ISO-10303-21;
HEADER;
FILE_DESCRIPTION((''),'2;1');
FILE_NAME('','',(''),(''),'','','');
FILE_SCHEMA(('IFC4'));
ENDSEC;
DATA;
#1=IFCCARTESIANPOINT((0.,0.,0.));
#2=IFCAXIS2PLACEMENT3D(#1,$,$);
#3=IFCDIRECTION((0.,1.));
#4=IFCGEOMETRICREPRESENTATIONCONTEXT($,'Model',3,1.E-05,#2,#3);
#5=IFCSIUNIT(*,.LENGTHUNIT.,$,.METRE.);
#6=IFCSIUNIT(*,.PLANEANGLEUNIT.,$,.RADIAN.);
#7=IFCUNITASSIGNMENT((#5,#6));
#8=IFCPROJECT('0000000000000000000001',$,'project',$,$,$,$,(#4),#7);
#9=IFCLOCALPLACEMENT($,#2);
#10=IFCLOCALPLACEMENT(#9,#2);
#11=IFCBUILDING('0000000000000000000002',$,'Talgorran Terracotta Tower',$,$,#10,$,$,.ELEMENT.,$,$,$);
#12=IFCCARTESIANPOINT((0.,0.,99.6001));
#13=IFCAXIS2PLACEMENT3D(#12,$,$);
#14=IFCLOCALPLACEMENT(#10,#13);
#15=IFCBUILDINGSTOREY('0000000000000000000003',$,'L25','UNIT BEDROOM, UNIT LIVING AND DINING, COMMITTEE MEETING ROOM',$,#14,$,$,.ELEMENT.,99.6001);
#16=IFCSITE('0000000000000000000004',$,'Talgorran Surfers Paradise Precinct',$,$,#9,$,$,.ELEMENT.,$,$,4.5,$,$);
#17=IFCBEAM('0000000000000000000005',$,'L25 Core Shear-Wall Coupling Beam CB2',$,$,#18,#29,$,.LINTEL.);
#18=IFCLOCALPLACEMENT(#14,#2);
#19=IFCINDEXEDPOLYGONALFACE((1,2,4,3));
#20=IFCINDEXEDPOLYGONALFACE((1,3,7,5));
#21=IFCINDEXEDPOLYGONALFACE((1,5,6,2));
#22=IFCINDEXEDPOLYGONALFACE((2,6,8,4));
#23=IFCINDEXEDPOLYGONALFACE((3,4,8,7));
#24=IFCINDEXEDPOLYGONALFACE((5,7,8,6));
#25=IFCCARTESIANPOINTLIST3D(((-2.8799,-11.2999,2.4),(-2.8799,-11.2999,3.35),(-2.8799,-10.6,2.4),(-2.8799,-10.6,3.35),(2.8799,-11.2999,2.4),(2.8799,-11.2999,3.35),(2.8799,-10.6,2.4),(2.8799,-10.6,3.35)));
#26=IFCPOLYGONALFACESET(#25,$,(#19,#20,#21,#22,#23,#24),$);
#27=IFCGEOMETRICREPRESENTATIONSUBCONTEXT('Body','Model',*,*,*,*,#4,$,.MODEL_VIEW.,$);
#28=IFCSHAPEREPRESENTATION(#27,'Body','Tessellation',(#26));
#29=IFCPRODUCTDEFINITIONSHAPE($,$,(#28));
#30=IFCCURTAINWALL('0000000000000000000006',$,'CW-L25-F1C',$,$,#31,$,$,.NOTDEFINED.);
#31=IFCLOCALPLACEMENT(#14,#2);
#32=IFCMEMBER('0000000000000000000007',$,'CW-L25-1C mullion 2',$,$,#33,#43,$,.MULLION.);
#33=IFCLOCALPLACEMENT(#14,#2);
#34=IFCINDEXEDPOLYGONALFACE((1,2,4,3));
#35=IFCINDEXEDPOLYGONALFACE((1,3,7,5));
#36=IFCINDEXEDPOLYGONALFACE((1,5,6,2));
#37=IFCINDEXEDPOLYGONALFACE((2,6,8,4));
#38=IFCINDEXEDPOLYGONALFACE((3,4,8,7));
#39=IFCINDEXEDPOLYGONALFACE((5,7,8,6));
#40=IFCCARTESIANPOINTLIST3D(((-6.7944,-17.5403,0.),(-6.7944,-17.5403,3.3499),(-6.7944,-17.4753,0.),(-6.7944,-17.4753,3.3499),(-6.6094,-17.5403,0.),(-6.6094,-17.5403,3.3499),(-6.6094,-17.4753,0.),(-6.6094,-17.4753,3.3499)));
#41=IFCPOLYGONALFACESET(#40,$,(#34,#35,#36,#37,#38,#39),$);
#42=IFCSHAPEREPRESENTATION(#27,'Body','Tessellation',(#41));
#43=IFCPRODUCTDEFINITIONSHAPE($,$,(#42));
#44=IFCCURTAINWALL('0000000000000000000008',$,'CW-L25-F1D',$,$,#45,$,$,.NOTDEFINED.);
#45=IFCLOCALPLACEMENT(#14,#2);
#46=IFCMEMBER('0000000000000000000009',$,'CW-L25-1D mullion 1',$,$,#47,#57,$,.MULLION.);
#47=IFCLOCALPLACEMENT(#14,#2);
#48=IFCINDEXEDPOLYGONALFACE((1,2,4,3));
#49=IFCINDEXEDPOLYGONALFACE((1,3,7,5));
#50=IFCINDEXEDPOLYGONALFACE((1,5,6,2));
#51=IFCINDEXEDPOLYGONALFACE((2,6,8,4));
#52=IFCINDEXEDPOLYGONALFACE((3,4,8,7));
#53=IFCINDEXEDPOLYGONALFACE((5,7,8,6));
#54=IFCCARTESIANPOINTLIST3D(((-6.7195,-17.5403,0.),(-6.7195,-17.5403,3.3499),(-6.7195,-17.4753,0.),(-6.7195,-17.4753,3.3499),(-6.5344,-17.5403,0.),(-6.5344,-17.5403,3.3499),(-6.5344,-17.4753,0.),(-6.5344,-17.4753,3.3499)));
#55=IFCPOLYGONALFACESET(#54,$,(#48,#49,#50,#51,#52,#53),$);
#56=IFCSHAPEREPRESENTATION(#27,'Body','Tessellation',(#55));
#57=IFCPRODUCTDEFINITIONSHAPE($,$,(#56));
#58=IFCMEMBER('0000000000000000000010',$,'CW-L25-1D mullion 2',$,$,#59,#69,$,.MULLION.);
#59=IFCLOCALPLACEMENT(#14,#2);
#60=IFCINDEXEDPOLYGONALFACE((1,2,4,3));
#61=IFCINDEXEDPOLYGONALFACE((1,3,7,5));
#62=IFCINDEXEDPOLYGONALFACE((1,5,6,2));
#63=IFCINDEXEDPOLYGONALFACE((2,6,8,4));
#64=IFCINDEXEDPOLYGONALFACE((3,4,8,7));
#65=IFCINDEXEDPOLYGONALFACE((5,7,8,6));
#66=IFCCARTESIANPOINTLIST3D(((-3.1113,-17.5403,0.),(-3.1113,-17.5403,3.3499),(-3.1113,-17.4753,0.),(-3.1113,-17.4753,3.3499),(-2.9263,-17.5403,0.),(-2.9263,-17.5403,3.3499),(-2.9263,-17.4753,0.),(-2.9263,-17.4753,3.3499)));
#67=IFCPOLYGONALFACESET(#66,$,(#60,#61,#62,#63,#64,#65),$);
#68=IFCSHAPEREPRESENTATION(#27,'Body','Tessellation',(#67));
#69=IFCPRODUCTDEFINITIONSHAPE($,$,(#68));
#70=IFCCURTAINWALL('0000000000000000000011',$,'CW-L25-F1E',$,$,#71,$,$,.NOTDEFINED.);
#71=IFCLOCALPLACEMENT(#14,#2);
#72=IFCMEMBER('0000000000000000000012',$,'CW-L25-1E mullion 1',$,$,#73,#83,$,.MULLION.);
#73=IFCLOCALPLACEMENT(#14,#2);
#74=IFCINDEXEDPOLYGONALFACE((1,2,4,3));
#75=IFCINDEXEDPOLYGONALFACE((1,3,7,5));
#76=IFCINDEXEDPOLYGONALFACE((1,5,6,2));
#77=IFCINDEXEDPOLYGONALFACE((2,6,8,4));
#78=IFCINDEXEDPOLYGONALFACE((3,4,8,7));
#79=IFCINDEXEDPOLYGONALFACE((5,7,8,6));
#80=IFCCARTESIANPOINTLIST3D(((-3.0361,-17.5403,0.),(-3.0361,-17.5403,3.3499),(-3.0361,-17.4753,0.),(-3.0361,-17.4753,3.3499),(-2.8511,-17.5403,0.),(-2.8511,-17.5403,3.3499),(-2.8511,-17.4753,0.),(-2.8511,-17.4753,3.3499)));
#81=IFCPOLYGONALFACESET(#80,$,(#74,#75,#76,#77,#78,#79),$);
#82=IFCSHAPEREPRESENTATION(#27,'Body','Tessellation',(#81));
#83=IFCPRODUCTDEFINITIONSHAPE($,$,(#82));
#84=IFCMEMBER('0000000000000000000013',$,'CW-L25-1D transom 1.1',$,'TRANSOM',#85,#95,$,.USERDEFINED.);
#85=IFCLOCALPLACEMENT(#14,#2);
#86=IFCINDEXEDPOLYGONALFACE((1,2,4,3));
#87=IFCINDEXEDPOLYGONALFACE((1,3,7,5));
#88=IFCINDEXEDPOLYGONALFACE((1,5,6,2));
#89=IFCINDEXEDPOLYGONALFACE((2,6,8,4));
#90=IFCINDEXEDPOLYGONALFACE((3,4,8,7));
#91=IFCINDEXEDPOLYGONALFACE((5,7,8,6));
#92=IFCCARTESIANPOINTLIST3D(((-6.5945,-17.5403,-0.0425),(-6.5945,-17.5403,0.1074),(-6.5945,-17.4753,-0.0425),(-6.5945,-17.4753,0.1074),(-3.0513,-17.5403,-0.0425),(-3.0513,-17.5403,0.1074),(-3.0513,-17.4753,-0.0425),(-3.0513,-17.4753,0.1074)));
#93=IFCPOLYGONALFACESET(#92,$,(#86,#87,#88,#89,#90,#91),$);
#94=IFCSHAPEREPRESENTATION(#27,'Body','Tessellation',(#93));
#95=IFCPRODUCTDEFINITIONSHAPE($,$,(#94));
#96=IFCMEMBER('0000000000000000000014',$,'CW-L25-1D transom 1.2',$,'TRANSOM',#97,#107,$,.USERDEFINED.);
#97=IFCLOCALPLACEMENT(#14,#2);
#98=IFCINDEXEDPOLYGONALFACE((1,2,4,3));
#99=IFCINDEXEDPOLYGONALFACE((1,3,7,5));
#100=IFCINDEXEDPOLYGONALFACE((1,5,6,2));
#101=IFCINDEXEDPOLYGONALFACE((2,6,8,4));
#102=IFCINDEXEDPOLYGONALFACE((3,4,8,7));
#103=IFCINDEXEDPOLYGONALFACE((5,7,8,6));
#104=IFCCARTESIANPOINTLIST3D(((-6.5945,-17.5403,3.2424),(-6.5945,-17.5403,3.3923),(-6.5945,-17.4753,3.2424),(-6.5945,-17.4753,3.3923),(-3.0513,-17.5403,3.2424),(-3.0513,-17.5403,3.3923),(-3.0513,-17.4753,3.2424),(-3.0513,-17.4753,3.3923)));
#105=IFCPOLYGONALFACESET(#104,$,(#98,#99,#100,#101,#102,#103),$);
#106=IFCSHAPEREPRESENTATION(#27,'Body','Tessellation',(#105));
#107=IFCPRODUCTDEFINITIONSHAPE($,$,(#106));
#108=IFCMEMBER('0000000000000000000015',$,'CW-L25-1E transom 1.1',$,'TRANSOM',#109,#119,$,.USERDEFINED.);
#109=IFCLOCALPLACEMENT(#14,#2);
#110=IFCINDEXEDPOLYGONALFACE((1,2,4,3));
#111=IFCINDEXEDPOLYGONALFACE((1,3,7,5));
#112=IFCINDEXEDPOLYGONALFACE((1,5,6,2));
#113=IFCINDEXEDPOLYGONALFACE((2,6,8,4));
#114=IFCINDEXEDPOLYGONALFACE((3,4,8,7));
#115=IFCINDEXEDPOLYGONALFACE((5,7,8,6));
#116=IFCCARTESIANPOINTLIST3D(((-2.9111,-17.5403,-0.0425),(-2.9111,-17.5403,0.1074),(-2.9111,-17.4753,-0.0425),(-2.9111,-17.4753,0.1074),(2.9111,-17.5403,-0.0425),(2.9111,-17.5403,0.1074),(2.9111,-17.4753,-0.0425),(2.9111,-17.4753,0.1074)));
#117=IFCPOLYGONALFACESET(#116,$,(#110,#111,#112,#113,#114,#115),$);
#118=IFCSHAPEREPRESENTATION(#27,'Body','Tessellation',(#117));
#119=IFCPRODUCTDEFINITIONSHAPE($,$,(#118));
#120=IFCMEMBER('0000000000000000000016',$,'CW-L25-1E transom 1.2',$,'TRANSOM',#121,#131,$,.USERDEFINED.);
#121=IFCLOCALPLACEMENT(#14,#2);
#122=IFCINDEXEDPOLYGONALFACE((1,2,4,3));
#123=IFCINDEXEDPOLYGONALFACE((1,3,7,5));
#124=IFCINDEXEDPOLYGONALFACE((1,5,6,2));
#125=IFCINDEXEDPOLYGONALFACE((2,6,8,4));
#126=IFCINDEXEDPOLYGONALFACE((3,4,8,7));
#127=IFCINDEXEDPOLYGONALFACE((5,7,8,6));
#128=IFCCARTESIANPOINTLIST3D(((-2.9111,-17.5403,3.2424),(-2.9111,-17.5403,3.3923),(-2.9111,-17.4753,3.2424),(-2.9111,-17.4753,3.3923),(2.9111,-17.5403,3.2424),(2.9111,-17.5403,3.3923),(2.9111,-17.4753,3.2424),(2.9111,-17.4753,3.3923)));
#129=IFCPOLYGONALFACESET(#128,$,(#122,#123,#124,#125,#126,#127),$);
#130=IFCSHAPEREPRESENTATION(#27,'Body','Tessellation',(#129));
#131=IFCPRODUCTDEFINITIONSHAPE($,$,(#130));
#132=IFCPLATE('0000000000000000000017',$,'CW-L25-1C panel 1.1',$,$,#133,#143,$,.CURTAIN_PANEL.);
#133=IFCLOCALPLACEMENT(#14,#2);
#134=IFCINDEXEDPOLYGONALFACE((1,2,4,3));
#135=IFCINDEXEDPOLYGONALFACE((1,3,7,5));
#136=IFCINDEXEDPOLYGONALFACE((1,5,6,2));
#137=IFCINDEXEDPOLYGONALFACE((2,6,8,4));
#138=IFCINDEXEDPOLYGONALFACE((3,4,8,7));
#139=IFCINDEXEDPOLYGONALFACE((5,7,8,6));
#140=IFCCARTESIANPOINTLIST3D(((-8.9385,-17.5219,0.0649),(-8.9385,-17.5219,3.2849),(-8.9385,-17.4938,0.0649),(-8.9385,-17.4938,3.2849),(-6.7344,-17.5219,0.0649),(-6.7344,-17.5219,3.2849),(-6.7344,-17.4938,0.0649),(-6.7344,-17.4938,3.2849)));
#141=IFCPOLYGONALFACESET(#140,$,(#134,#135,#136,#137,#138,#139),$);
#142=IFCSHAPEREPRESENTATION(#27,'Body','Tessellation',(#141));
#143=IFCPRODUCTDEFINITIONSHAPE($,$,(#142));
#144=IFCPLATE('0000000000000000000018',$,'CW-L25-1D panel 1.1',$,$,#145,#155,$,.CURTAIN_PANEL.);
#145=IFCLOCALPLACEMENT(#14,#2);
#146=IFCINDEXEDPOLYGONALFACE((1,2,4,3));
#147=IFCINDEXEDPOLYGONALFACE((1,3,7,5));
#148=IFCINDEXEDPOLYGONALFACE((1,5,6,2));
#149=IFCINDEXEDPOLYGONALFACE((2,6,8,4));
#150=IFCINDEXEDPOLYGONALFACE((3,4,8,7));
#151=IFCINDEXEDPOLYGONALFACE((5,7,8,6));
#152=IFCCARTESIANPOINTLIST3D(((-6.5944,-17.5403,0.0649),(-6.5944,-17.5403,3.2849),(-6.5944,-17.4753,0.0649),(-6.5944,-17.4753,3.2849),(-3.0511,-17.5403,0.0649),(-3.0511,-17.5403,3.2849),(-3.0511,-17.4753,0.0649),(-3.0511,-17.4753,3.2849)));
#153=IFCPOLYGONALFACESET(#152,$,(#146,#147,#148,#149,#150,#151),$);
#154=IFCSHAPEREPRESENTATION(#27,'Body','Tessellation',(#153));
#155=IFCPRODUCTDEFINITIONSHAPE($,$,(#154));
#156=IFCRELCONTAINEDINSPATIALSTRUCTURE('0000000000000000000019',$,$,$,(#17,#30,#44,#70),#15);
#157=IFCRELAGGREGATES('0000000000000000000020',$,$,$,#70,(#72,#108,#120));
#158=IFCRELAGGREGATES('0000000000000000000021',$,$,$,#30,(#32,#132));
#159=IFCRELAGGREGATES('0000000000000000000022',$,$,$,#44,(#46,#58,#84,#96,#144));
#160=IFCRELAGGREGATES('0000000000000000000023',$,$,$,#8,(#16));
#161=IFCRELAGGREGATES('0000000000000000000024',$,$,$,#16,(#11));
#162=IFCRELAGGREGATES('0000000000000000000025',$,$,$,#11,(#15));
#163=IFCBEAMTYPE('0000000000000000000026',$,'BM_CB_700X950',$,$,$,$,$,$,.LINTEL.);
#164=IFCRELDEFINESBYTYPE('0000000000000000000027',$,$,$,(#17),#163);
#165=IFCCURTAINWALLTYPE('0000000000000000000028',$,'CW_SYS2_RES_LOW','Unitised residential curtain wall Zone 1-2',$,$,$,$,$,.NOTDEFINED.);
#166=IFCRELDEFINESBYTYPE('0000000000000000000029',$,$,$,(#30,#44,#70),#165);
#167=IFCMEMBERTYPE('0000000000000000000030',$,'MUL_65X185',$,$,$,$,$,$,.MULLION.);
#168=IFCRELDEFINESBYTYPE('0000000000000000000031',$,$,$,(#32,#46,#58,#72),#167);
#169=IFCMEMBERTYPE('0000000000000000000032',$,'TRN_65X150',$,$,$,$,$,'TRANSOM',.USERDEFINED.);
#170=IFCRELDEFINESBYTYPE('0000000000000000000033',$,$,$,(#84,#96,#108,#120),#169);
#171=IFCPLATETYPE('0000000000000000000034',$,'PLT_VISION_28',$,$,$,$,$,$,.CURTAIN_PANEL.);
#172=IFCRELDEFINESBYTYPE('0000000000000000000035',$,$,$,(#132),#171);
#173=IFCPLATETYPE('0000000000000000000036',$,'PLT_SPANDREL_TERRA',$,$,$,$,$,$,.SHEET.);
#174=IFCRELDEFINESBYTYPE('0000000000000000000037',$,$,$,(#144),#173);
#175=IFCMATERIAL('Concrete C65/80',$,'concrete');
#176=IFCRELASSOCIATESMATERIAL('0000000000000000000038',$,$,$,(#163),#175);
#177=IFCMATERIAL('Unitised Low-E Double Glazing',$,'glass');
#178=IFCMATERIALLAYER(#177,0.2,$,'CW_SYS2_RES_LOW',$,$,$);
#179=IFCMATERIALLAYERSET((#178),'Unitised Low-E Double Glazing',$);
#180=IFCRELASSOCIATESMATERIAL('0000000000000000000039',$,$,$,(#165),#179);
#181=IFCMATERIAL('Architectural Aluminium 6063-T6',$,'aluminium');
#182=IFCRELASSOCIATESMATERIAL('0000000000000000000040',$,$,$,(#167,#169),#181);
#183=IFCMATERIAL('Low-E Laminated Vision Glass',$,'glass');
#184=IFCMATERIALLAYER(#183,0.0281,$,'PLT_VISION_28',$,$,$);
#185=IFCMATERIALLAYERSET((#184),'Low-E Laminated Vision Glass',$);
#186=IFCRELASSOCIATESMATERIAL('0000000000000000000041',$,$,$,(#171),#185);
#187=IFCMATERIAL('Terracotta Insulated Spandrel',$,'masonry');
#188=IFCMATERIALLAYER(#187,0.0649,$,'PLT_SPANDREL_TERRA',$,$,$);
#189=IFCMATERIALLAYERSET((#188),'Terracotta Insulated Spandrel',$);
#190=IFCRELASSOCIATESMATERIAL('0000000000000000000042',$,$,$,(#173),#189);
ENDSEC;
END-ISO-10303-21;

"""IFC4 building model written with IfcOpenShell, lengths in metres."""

from ifc_helpers import new_model, si_unit, direction, frame, origin, origin_2d, place, context, subcontext, project, spatial, rectangle, extrude, source, transform, mapped, material, layer, layer_set, material_profile, profile_set, type_object, type_shapes, element, aggregate, save


model = new_model("IFC4")

# Units and contexts
model_context = context("Model", 3, precision=1e-05, world=origin(), true_north=direction((0.0, 1.0)))
body_context = subcontext(model_context, "Body", "Model", "MODEL_VIEW")
ifc_project = project(units=[si_unit("LENGTHUNIT", "METRE"), si_unit("PLANEANGLEUNIT", "RADIAN")], contexts=[model_context])

# Site, building, storey
site_placement = place(None, origin())
site = spatial("IfcSite", under=ifc_project, at=site_placement, Name="Talgorran Surfers Paradise Precinct", CompositionType="ELEMENT", RefElevation=4.5)
building_placement = place(site_placement, origin())
building = spatial("IfcBuilding", under=site, at=building_placement, Name="Talgorran Terracotta Tower", CompositionType="ELEMENT")
storey_placement = place(building_placement, frame((0.0, 0.0, 99.6001)))
storey = spatial("IfcBuildingStorey", under=building, at=storey_placement, Name="L25", Description="UNIT BEDROOM, UNIT LIVING AND DINING, COMMITTEE MEETING ROOM", CompositionType="ELEMENT", Elevation=99.6001)

# Beam
ifc_material_1 = material(Name="Concrete C65/80", Category="concrete")
ifc_material_profile_1 = material_profile(ifc_material_1, rectangle(XDim=0.7, YDim=0.95, at=origin_2d()), Name="RCCB700X950")
ifc_profile_set_1 = profile_set([ifc_material_profile_1], Name="Concrete C65/80")
beam_type = type_object("IfcBeamType", Name="BM_CB_700X950", PredefinedType="LINTEL", material=ifc_profile_set_1)
beam_placement = place(storey_placement, frame((-2.8799, -10.95, 2.875), z_axis=(1.0, 0.0, 0.0), x_axis=(0.0, 1.0, 0.0)))
element("IfcBeam", 1, at=beam_placement, inside=storey, type_object=beam_type, Name="L25 Core Shear-Wall Coupling Beam CB2", PredefinedType="LINTEL", context=body_context, shape_type="SweptSolid", body=[
    extrude(rectangle(XDim=0.7, YDim=0.95, at=origin_2d()), origin(), (0.0, 0.0, 1.0), 5.7598),
])

# Curtain wall, member
ifc_material_2 = material(Name="Unitised Low-E Double Glazing", Category="glass")
ifc_layer_1 = layer(ifc_material_2, 0.2, Name="CW_SYS2_RES_LOW")
ifc_layer_set_1 = layer_set([ifc_layer_1], Name="Unitised Low-E Double Glazing")
curtain_wall_type = type_object("IfcCurtainWallType", Name="CW_SYS2_RES_LOW", Description="Unitised residential curtain wall Zone 1-2", PredefinedType="NOTDEFINED", material=ifc_layer_set_1)
curtain_wall_1_placement = place(storey_placement, origin())
curtain_wall_1 = element("IfcCurtainWall", 2, at=curtain_wall_1_placement, inside=storey, type_object=curtain_wall_type, Name="CW-L25-F1C", PredefinedType="NOTDEFINED")
ifc_material_3 = material(Name="Architectural Aluminium 6063-T6", Category="aluminium")
ifc_material_profile_2 = material_profile(ifc_material_3, rectangle(XDim=0.0649, YDim=0.1851, at=origin_2d()), Name="CWM65X185")
ifc_profile_set_2 = profile_set([ifc_material_profile_2], Name="Architectural Aluminium 6063-T6")
member_type_1 = type_object("IfcMemberType", Name="MUL_65X185", PredefinedType="MULLION", material=ifc_profile_set_2)
member_1_placement = place(storey_placement, frame((-6.7019, -17.5078, 0.0), z_axis=(0.0, 0.0, 1.0), x_axis=(0.0, 1.0, 0.0)))
member_1 = element("IfcMember", 3, at=member_1_placement, type_object=member_type_1, Name="CW-L25-1C mullion 2", PredefinedType="MULLION", context=body_context, shape_type="SweptSolid", body=[
    extrude(rectangle(XDim=0.0649, YDim=0.1851, at=origin_2d()), origin(), (0.0, 0.0, 1.0), 3.3499),
])

# Curtain wall, members
curtain_wall_2_placement = place(storey_placement, origin())
curtain_wall_2 = element("IfcCurtainWall", 4, at=curtain_wall_2_placement, inside=storey, type_object=curtain_wall_type, Name="CW-L25-F1D", PredefinedType="NOTDEFINED")
member_2_placement = place(storey_placement, frame((-6.627, -17.5078, 0.0), z_axis=(0.0, 0.0, 1.0), x_axis=(0.0, 1.0, 0.0)))
member_2 = element("IfcMember", 5, at=member_2_placement, type_object=member_type_1, Name="CW-L25-1D mullion 1", PredefinedType="MULLION", context=body_context, shape_type="SweptSolid", body=[
    extrude(rectangle(XDim=0.0649, YDim=0.1851, at=origin_2d()), origin(), (0.0, 0.0, 1.0), 3.3499),
])
member_3_placement = place(storey_placement, frame((-3.0188, -17.5078, 0.0), z_axis=(0.0, 0.0, 1.0), x_axis=(0.0, 1.0, 0.0)))
member_3 = element("IfcMember", 6, at=member_3_placement, type_object=member_type_1, Name="CW-L25-1D mullion 2", PredefinedType="MULLION", context=body_context, shape_type="SweptSolid", body=[
    extrude(rectangle(XDim=0.0649, YDim=0.1851, at=origin_2d()), origin(), (0.0, 0.0, 1.0), 3.3499),
])

# Curtain wall, member
curtain_wall_3_placement = place(storey_placement, origin())
curtain_wall_3 = element("IfcCurtainWall", 7, at=curtain_wall_3_placement, inside=storey, type_object=curtain_wall_type, Name="CW-L25-F1E", PredefinedType="NOTDEFINED")
member_4_placement = place(storey_placement, frame((-2.9436, -17.5078, 0.0), z_axis=(0.0, 0.0, 1.0), x_axis=(0.0, 1.0, 0.0)))
member_4 = element("IfcMember", 8, at=member_4_placement, type_object=member_type_1, Name="CW-L25-1E mullion 1", PredefinedType="MULLION", context=body_context, shape_type="SweptSolid", body=[
    extrude(rectangle(XDim=0.0649, YDim=0.1851, at=origin_2d()), origin(), (0.0, 0.0, 1.0), 3.3499),
])

# Members
ifc_material_profile_3 = material_profile(ifc_material_3, rectangle(XDim=0.0649, YDim=0.1499, at=origin_2d()), Name="CWT65X150")
ifc_profile_set_3 = profile_set([ifc_material_profile_3], Name="Architectural Aluminium 6063-T6")
member_type_2 = type_object("IfcMemberType", Name="TRN_65X150", ElementType="TRANSOM", PredefinedType="USERDEFINED", material=ifc_profile_set_3)
member_5_placement = place(storey_placement, frame((-6.5945, -17.5078, 0.0325), z_axis=(1.0, 0.0, 0.0), x_axis=(0.0, 1.0, 0.0)))
member_5 = element("IfcMember", 9, at=member_5_placement, type_object=member_type_2, Name="CW-L25-1D transom 1.1", ObjectType="TRANSOM", PredefinedType="USERDEFINED", context=body_context, shape_type="SweptSolid", body=[
    extrude(rectangle(XDim=0.0649, YDim=0.1499, at=origin_2d()), origin(), (0.0, 0.0, 1.0), 3.5432),
])
member_6_placement = place(storey_placement, frame((-6.5945, -17.5078, 3.3174), z_axis=(1.0, 0.0, 0.0), x_axis=(0.0, 1.0, 0.0)))
member_6 = element("IfcMember", 10, at=member_6_placement, type_object=member_type_2, Name="CW-L25-1D transom 1.2", ObjectType="TRANSOM", PredefinedType="USERDEFINED", context=body_context, shape_type="SweptSolid", body=[
    extrude(rectangle(XDim=0.0649, YDim=0.1499, at=origin_2d()), origin(), (0.0, 0.0, 1.0), 3.5432),
])
member_7_placement = place(storey_placement, frame((-2.9111, -17.5078, 0.0325), z_axis=(1.0, 0.0, 0.0), x_axis=(0.0, 1.0, 0.0)))
member_7 = element("IfcMember", 11, at=member_7_placement, type_object=member_type_2, Name="CW-L25-1E transom 1.1", ObjectType="TRANSOM", PredefinedType="USERDEFINED", context=body_context, shape_type="SweptSolid", body=[
    extrude(rectangle(XDim=0.0649, YDim=0.1499, at=origin_2d()), origin(), (0.0, 0.0, 1.0), 5.8223),
])
member_8_placement = place(storey_placement, frame((-2.9111, -17.5078, 3.3174), z_axis=(1.0, 0.0, 0.0), x_axis=(0.0, 1.0, 0.0)))
member_8 = element("IfcMember", 12, at=member_8_placement, type_object=member_type_2, Name="CW-L25-1E transom 1.2", ObjectType="TRANSOM", PredefinedType="USERDEFINED", context=body_context, shape_type="SweptSolid", body=[
    extrude(rectangle(XDim=0.0649, YDim=0.1499, at=origin_2d()), origin(), (0.0, 0.0, 1.0), 5.8223),
])
aggregate(curtain_wall_3, [member_4, member_7, member_8])

# Plates
ifc_material_4 = material(Name="Low-E Laminated Vision Glass", Category="glass")
ifc_layer_2 = layer(ifc_material_4, 0.0281, Name="PLT_VISION_28")
ifc_layer_set_2 = layer_set([ifc_layer_2], Name="Low-E Laminated Vision Glass")
plate_type_1 = type_object("IfcPlateType", Name="PLT_VISION_28", PredefinedType="CURTAIN_PANEL", material=ifc_layer_set_2)
shared_shape_1 = source(origin(), body_context, "Body", "SweptSolid", [
    extrude(rectangle(XDim=2.2041, YDim=0.0281, at=origin_2d()), origin(), (0.0, 0.0, 1.0), 3.22),
])
type_shapes(plate_type_1, [shared_shape_1])
plate_1_placement = place(storey_placement, frame((-7.8364, -17.5078, 0.0649), z_axis=(0.0, 0.0, 1.0), x_axis=(1.0, 0.0, 0.0)))
plate_1 = element("IfcPlate", 13, at=plate_1_placement, type_object=plate_type_1, Name="CW-L25-1C panel 1.1", PredefinedType="CURTAIN_PANEL", context=body_context, shape_type="MappedRepresentation", body=[
    mapped(shared_shape_1, transform((0.0, 0.0, 0.0), scale=1.0)),
])
aggregate(curtain_wall_1, [member_1, plate_1])
ifc_material_5 = material(Name="Terracotta Insulated Spandrel", Category="masonry")
ifc_layer_3 = layer(ifc_material_5, 0.0649, Name="PLT_SPANDREL_TERRA")
ifc_layer_set_3 = layer_set([ifc_layer_3], Name="Terracotta Insulated Spandrel")
plate_type_2 = type_object("IfcPlateType", Name="PLT_SPANDREL_TERRA", PredefinedType="SHEET", material=ifc_layer_set_3)
shared_shape_2 = source(origin(), body_context, "Body", "SweptSolid", [
    extrude(rectangle(XDim=3.5432, YDim=0.0649, at=origin_2d()), origin(), (0.0, 0.0, 1.0), 3.22),
])
type_shapes(plate_type_2, [shared_shape_2])
plate_2_placement = place(storey_placement, frame((-4.8228, -17.5078, 0.0649), z_axis=(0.0, 0.0, 1.0), x_axis=(1.0, 0.0, 0.0)))
plate_2 = element("IfcPlate", 14, at=plate_2_placement, type_object=plate_type_2, Name="CW-L25-1D panel 1.1", PredefinedType="CURTAIN_PANEL", context=body_context, shape_type="MappedRepresentation", body=[
    mapped(shared_shape_2, transform((0.0, 0.0, 0.0), scale=1.0)),
])
aggregate(curtain_wall_2, [member_2, member_3, member_5, member_6, plate_2])

save(model, "model.ifc")
